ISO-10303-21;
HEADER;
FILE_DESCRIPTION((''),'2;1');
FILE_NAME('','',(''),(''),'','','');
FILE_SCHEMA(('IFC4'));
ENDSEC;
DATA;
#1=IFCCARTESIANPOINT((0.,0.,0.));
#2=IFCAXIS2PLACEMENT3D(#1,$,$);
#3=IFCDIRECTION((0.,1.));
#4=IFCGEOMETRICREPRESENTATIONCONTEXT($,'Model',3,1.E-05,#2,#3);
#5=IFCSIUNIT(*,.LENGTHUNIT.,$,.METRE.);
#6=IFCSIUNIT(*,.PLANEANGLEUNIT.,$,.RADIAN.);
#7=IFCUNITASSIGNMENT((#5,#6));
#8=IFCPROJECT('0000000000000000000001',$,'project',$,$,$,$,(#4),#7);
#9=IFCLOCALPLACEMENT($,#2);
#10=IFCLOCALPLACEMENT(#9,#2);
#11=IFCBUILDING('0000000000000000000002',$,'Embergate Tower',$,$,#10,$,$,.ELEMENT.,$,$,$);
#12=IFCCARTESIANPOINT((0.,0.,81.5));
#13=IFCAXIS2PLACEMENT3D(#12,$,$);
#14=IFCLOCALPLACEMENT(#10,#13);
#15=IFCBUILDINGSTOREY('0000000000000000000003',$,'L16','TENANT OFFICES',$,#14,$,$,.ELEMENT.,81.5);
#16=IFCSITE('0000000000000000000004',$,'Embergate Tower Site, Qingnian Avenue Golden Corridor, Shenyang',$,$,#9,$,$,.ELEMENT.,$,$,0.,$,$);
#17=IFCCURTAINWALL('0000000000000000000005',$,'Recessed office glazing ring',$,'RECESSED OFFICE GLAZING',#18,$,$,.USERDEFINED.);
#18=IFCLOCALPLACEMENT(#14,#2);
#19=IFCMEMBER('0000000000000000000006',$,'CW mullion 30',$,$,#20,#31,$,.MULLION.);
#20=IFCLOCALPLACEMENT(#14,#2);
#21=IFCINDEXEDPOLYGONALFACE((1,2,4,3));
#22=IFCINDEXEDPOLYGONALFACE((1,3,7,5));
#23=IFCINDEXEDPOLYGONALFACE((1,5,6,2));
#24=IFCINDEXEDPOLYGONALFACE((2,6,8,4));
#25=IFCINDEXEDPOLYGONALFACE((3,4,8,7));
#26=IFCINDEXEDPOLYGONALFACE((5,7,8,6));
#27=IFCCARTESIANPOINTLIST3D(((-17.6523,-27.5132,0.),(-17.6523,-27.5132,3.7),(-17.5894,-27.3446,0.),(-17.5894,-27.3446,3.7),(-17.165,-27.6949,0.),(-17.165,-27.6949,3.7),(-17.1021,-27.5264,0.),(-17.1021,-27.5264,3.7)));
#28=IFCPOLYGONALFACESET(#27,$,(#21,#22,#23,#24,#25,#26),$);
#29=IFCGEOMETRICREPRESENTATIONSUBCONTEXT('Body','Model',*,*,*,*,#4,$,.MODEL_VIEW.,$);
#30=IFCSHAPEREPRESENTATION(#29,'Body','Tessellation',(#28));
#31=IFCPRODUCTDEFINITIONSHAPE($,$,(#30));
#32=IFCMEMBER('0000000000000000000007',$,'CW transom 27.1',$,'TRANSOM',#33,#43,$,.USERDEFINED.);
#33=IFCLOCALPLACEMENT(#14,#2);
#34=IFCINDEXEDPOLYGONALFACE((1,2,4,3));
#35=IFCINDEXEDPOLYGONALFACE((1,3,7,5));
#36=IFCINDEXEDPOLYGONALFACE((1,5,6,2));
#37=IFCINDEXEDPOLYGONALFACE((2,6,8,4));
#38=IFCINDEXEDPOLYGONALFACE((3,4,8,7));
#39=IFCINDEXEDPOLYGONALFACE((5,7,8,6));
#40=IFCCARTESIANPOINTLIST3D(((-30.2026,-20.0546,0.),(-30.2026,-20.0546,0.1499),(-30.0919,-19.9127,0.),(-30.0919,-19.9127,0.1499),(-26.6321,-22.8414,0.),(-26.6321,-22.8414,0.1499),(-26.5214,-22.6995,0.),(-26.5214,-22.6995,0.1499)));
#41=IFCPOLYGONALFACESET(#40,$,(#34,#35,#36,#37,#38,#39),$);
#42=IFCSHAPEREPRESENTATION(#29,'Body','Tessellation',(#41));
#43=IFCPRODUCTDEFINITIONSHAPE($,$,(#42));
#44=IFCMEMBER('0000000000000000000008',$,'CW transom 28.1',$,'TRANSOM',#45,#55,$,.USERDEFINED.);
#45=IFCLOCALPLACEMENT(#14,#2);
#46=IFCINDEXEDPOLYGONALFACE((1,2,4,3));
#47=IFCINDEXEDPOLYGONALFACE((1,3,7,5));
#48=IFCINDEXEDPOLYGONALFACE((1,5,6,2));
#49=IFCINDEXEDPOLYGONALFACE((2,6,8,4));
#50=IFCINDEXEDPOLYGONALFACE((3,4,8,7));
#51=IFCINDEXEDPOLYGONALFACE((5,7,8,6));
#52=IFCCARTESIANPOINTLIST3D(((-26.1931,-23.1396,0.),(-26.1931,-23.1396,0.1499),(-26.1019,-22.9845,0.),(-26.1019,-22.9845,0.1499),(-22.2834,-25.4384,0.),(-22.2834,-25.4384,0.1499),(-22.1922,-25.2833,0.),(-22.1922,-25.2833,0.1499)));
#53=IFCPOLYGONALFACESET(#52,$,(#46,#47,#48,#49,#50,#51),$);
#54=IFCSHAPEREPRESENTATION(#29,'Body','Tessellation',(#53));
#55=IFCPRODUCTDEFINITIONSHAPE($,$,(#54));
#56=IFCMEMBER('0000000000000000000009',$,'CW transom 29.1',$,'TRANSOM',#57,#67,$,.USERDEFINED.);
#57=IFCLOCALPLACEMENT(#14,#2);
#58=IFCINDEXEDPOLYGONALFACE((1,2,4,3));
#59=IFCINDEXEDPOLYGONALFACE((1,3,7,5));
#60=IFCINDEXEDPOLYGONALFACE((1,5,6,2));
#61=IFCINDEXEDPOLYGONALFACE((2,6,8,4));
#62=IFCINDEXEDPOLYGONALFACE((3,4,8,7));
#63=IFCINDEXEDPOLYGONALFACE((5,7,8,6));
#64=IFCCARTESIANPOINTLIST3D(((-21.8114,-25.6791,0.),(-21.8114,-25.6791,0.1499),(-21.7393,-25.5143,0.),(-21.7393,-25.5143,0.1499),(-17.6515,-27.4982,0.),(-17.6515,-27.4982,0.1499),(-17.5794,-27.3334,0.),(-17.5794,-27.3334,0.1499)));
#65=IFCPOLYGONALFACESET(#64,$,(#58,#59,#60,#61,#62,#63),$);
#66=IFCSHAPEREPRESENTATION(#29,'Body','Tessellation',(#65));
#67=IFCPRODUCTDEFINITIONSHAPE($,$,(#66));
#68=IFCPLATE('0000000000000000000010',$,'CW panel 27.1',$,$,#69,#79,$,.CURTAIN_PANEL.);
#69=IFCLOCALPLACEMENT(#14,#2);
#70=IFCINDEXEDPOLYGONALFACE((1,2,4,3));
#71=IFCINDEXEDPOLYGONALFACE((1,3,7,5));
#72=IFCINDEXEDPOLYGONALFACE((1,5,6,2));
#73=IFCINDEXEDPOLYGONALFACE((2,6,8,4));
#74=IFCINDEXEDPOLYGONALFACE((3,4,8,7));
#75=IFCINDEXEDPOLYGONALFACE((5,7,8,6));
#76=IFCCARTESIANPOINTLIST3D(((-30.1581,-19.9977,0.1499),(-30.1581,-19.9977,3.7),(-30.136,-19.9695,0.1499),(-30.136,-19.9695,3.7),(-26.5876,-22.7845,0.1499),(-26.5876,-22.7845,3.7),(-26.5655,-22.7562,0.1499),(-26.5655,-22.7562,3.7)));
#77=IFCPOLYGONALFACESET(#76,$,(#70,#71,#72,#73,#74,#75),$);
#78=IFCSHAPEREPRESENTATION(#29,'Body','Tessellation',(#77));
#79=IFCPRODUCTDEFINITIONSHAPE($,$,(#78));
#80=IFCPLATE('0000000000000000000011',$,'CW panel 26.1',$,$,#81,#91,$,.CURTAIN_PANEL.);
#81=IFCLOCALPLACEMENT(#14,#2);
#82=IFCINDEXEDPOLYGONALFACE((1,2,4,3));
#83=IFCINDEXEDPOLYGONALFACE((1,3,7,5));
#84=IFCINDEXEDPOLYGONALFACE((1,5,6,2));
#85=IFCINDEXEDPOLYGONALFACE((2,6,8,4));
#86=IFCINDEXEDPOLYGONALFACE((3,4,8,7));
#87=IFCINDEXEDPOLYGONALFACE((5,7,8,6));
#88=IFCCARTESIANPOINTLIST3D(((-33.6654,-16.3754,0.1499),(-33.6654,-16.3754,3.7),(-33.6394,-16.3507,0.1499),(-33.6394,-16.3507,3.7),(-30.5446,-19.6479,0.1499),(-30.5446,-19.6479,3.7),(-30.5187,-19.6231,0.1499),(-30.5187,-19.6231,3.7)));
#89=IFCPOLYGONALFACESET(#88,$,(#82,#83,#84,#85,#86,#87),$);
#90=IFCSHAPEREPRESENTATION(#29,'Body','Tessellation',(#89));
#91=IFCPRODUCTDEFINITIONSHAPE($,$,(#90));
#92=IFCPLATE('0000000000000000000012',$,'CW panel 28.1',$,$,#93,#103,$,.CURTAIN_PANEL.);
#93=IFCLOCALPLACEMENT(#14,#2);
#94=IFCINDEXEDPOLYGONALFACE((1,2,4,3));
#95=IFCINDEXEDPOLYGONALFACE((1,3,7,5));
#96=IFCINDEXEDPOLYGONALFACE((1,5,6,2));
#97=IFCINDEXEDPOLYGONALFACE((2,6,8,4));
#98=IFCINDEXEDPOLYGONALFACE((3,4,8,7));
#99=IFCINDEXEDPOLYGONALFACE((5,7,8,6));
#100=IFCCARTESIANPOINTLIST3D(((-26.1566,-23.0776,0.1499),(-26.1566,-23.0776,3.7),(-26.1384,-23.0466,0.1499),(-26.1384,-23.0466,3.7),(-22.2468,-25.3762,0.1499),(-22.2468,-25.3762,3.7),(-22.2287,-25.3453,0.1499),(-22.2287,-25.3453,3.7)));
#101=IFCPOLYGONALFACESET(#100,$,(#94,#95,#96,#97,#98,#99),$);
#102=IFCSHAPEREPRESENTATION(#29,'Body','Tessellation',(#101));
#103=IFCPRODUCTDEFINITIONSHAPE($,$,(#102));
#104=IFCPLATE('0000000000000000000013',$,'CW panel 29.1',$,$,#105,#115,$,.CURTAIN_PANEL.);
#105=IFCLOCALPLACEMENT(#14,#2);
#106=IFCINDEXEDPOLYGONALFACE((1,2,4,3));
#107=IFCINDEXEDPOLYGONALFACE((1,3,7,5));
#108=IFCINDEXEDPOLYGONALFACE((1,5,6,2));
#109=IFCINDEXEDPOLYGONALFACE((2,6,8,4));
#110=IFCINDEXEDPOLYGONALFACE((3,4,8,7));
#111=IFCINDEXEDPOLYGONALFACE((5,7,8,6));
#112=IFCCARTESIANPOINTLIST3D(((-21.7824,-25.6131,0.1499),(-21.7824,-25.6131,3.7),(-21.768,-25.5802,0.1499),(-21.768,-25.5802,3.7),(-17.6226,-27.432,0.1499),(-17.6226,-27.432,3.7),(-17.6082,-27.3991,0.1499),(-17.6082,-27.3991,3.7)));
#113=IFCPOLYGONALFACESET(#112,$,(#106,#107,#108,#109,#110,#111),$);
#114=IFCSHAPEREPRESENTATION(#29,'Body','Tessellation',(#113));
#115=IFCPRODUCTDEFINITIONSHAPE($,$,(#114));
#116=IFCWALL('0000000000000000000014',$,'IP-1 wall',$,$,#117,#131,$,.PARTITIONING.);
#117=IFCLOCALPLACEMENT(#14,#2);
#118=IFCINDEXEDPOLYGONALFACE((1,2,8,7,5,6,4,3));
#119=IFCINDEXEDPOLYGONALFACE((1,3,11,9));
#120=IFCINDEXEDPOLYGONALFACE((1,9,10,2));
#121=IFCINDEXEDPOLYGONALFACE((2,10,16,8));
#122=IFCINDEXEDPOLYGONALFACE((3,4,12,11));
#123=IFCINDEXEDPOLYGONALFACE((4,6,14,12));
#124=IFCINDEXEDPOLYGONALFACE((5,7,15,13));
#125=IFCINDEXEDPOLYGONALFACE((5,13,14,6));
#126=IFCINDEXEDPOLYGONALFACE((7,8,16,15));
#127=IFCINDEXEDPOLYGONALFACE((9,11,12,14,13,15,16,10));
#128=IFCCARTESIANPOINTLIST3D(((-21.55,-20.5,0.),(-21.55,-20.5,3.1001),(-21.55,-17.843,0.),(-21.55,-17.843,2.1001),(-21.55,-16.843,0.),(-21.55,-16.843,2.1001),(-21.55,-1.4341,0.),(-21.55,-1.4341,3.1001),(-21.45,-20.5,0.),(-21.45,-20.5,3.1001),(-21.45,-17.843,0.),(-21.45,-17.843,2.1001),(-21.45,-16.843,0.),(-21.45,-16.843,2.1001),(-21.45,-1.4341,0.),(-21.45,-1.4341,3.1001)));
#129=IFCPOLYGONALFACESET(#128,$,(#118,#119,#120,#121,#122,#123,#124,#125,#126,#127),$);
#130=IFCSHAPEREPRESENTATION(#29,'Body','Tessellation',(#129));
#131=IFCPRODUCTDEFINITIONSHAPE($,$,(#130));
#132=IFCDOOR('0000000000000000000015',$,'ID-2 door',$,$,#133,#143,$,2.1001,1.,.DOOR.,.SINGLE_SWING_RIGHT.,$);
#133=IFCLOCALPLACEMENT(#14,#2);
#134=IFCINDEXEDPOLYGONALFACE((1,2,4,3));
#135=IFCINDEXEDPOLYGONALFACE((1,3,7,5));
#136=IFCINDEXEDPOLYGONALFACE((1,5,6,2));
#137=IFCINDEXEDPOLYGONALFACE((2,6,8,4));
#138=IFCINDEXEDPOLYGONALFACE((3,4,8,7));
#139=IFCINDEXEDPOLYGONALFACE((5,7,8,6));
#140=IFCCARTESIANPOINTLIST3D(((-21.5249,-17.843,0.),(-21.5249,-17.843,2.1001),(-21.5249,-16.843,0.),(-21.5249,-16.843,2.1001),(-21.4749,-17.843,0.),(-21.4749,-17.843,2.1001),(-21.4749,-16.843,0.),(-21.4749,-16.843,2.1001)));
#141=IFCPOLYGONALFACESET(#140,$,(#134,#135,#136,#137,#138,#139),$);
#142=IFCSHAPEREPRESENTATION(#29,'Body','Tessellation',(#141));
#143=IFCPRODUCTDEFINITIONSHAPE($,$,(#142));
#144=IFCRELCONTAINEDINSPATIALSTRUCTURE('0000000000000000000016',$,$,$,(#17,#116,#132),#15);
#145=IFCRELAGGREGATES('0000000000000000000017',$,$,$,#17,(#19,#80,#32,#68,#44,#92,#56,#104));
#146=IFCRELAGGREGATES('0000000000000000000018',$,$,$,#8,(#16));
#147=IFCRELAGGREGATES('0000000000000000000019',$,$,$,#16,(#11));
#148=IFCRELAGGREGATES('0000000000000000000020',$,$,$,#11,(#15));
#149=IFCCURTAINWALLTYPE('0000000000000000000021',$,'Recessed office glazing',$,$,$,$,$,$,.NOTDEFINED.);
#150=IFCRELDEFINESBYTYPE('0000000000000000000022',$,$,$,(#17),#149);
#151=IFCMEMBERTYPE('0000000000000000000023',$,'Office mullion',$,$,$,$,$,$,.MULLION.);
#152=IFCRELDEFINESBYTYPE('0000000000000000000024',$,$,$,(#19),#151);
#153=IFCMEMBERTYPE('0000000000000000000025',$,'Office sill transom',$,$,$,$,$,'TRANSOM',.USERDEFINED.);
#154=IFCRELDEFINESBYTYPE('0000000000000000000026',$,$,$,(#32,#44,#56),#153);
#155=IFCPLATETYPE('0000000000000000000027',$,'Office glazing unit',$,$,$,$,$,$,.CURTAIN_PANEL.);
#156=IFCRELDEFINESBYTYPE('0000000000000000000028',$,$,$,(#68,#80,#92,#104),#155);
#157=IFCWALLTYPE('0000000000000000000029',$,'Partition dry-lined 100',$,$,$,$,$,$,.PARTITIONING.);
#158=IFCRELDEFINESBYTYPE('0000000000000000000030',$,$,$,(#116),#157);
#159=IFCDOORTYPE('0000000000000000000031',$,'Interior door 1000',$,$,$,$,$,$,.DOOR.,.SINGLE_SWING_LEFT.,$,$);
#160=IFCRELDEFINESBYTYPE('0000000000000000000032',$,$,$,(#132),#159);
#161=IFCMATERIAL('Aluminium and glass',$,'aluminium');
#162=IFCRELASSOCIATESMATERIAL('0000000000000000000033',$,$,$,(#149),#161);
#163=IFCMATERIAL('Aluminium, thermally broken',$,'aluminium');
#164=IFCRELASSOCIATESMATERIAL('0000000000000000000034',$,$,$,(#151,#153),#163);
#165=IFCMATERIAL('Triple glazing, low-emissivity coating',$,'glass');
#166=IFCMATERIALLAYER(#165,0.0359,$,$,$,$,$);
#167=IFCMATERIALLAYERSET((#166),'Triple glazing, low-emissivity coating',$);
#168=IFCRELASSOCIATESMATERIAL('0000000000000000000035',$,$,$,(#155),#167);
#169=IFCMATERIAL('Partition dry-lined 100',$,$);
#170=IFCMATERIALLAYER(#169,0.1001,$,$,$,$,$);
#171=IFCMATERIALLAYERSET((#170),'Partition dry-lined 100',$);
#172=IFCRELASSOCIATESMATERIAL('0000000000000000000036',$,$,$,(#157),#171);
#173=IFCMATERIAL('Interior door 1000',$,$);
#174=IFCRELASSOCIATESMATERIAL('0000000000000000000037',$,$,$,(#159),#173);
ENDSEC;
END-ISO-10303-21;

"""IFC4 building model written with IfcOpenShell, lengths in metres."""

from ifc_helpers import new_model, si_unit, direction, frame, frame_2d, origin, origin_2d, place, context, subcontext, project, spatial, rectangle, extrude, source, transform, mapped, material, layer, layer_set, material_profile, profile_set, type_object, element, fill, aggregate, save


model = new_model("IFC4")

# Units and contexts
model_context = context("Model", 3, precision=1e-05, world=origin(), true_north=direction((0.0, 1.0)))
body_context = subcontext(model_context, "Body", "Model", "MODEL_VIEW")
ifc_project = project(units=[si_unit("LENGTHUNIT", "METRE"), si_unit("PLANEANGLEUNIT", "RADIAN")], contexts=[model_context])

# Site, building, storey
site_placement = place(None, origin())
site = spatial("IfcSite", under=ifc_project, at=site_placement, Name="Embergate Tower Site, Qingnian Avenue Golden Corridor, Shenyang", CompositionType="ELEMENT", RefElevation=0.0)
building_placement = place(site_placement, origin())
building = spatial("IfcBuilding", under=site, at=building_placement, Name="Embergate Tower", CompositionType="ELEMENT")
storey_placement = place(building_placement, frame((0.0, 0.0, 81.5)))
storey = spatial("IfcBuildingStorey", under=building, at=storey_placement, Name="L16", Description="TENANT OFFICES", CompositionType="ELEMENT", Elevation=81.5)

# Curtain wall, members, plates
ifc_material_1 = material(Name="Aluminium and glass", Category="aluminium")
curtain_wall_type = type_object("IfcCurtainWallType", Name="Recessed office glazing", PredefinedType="NOTDEFINED", material=ifc_material_1)
curtain_wall_placement = place(storey_placement, origin())
curtain_wall = element("IfcCurtainWall", 1, at=curtain_wall_placement, inside=storey, type_object=curtain_wall_type, Name="Recessed office glazing ring", ObjectType="RECESSED OFFICE GLAZING", PredefinedType="USERDEFINED")
ifc_material_2 = material(Name="Aluminium, thermally broken", Category="aluminium")
ifc_material_profile_1 = material_profile(ifc_material_2, rectangle(XDim=0.1799, YDim=0.52, at=origin_2d()), Name="AL 520x180")
ifc_profile_set_1 = profile_set([ifc_material_profile_1], Name="Aluminium, thermally broken")
member_type_1 = type_object("IfcMemberType", Name="Office mullion", PredefinedType="MULLION", material=ifc_profile_set_1)
shared_shape_1 = source(origin(), body_context, "Body", "SweptSolid", [
    extrude(rectangle(XDim=0.1799, YDim=0.52, at=origin_2d()), origin(), (0.0, 0.0, 1.0), 3.7),
])
member_1_placement = place(storey_placement, frame((-17.3772, -27.5198, 0.0), z_axis=(0.0, 0.0, 1.0), x_axis=(0.349503, 0.936935, 0.0)))
member_1 = element("IfcMember", 2, at=member_1_placement, type_object=member_type_1, Name="CW mullion 30", PredefinedType="MULLION", context=body_context, shape_type="MappedRepresentation", body=[
    mapped(shared_shape_1, transform((0.0, 0.0, 0.0))),
])
ifc_material_profile_2 = material_profile(ifc_material_2, rectangle(XDim=0.1799, YDim=0.1499, at=origin_2d()), Name="AL 150x180")
ifc_profile_set_2 = profile_set([ifc_material_profile_2], Name="Aluminium, thermally broken")
member_type_2 = type_object("IfcMemberType", Name="Office sill transom", ElementType="TRANSOM", PredefinedType="USERDEFINED", material=ifc_profile_set_2)
shared_shape_2 = source(origin(), body_context, "Body", "SweptSolid", [
    extrude(rectangle(XDim=0.1799, YDim=0.1499, at=origin_2d()), origin(), (0.0, 0.0, 1.0), 4.5293),
])
member_2_placement = place(storey_placement, frame((-30.1472, -19.9836, 0.075), z_axis=(0.788306, -0.615283, 0.0), x_axis=(0.615283, 0.788306, 0.0)))
member_2 = element("IfcMember", 3, at=member_2_placement, type_object=member_type_2, Name="CW transom 27.1", ObjectType="TRANSOM", PredefinedType="USERDEFINED", context=body_context, shape_type="MappedRepresentation", body=[
    mapped(shared_shape_2, transform((0.0, 0.0, 0.0))),
])
shared_shape_3 = source(origin(), body_context, "Body", "SweptSolid", [
    extrude(rectangle(XDim=0.1799, YDim=0.1499, at=origin_2d()), origin(), (0.0, 0.0, 1.0), 4.5354),
])
member_3_placement = place(storey_placement, frame((-26.1475, -23.062, 0.075), z_axis=(0.862028, -0.50686, 0.0), x_axis=(0.50686, 0.862028, 0.0)))
member_3 = element("IfcMember", 4, at=member_3_placement, type_object=member_type_2, Name="CW transom 28.1", ObjectType="TRANSOM", PredefinedType="USERDEFINED", context=body_context, shape_type="MappedRepresentation", body=[
    mapped(shared_shape_3, transform((0.0, 0.0, 0.0))),
])
shared_shape_4 = source(origin(), body_context, "Body", "SweptSolid", [
    extrude(rectangle(XDim=0.1799, YDim=0.1499, at=origin_2d()), origin(), (0.0, 0.0, 1.0), 4.5403),
])
member_4_placement = place(storey_placement, frame((-21.7754, -25.5967, 0.075), z_axis=(0.916228, -0.400658, 0.0), x_axis=(0.400658, 0.916228, 0.0)))
member_4 = element("IfcMember", 5, at=member_4_placement, type_object=member_type_2, Name="CW transom 29.1", ObjectType="TRANSOM", PredefinedType="USERDEFINED", context=body_context, shape_type="MappedRepresentation", body=[
    mapped(shared_shape_4, transform((0.0, 0.0, 0.0))),
])
ifc_material_3 = material(Name="Triple glazing, low-emissivity coating", Category="glass")
ifc_layer_1 = layer(ifc_material_3, 0.0359)
ifc_layer_set_1 = layer_set([ifc_layer_1], Name="Triple glazing, low-emissivity coating")
plate_type = type_object("IfcPlateType", Name="Office glazing unit", PredefinedType="CURTAIN_PANEL", material=ifc_layer_set_1)
shared_shape_5 = source(origin(), body_context, "Body", "SweptSolid", [
    extrude(rectangle(XDim=4.5293, YDim=0.0359, at=origin_2d()), origin(), (0.0, 0.0, 1.0), 3.55),
])
plate_1_placement = place(storey_placement, frame((-28.3618, -21.377, 0.1499), z_axis=(0.0, 0.0, 1.0), x_axis=(0.788321, -0.615264, 0.0)))
plate_1 = element("IfcPlate", 6, at=plate_1_placement, type_object=plate_type, Name="CW panel 27.1", PredefinedType="CURTAIN_PANEL", context=body_context, shape_type="MappedRepresentation", body=[
    mapped(shared_shape_5, transform((0.0, 0.0, 0.0))),
])
shared_shape_6 = source(origin(), body_context, "Body", "SweptSolid", [
    extrude(rectangle(XDim=4.522, YDim=0.0359, at=origin_2d()), origin(), (0.0, 0.0, 1.0), 3.55),
])
plate_2_placement = place(storey_placement, frame((-32.092, -17.9993, 0.1499), z_axis=(0.0, 0.0, 1.0), x_axis=(0.690135, -0.723681, 0.0)))
plate_2 = element("IfcPlate", 7, at=plate_2_placement, type_object=plate_type, Name="CW panel 26.1", PredefinedType="CURTAIN_PANEL", context=body_context, shape_type="MappedRepresentation", body=[
    mapped(shared_shape_6, transform((0.0, 0.0, 0.0))),
])
shared_shape_7 = source(origin(), body_context, "Body", "SweptSolid", [
    extrude(rectangle(XDim=4.5354, YDim=0.0359, at=origin_2d()), origin(), (0.0, 0.0, 1.0), 3.55),
])
plate_3_placement = place(storey_placement, frame((-24.1926, -24.2114, 0.1499), z_axis=(0.0, 0.0, 1.0), x_axis=(0.862053, -0.506818, 0.0)))
plate_3 = element("IfcPlate", 8, at=plate_3_placement, type_object=plate_type, Name="CW panel 28.1", PredefinedType="CURTAIN_PANEL", context=body_context, shape_type="MappedRepresentation", body=[
    mapped(shared_shape_7, transform((0.0, 0.0, 0.0))),
])
shared_shape_8 = source(origin(), body_context, "Body", "SweptSolid", [
    extrude(rectangle(XDim=4.54, YDim=0.0359, at=origin_2d()), origin(), (0.0, 0.0, 1.0), 3.55),
])
plate_4_placement = place(storey_placement, frame((-19.6953, -26.5061, 0.1499), z_axis=(0.0, 0.0, 1.0), x_axis=(0.916236, -0.400638, 0.0)))
plate_4 = element("IfcPlate", 9, at=plate_4_placement, type_object=plate_type, Name="CW panel 29.1", PredefinedType="CURTAIN_PANEL", context=body_context, shape_type="MappedRepresentation", body=[
    mapped(shared_shape_8, transform((0.0, 0.0, 0.0))),
])
aggregate(curtain_wall, [member_1, plate_2, member_2, plate_1, member_3, plate_3, member_4, plate_4])

# Wall, opening, door
ifc_material_4 = material(Name="Partition dry-lined 100")
ifc_layer_2 = layer(ifc_material_4, 0.1001)
ifc_layer_set_2 = layer_set([ifc_layer_2], Name="Partition dry-lined 100")
wall_type = type_object("IfcWallType", Name="Partition dry-lined 100", PredefinedType="PARTITIONING", material=ifc_layer_set_2)
shared_shape_9 = source(origin(), body_context, "Body", "SweptSolid", [
    extrude(rectangle(XDim=19.0659, YDim=0.1001, at=frame_2d((9.533, 0.0))), origin(), (0.0, 0.0, 1.0), 3.1001),
])
wall_placement = place(storey_placement, frame((-21.5, -20.5, 0.0), z_axis=(0.0, 0.0, 1.0), x_axis=(0.0, 1.0, 0.0)))
wall = element("IfcWall", 10, at=wall_placement, inside=storey, type_object=wall_type, Name="IP-1 wall", PredefinedType="PARTITIONING", context=body_context, shape_type="MappedRepresentation", body=[
    mapped(shared_shape_9, transform((0.0, 0.0, 0.0))),
])
shared_shape_10 = source(origin(), body_context, "Body", "SweptSolid", [
    extrude(rectangle(XDim=1.0, YDim=2.1001, at=frame_2d((0.5, 1.05))), frame((0.0, 0.0601, 0.0), z_axis=(0.0, -1.0, 0.0), x_axis=(1.0, 0.0, 0.0)), (0.0, 0.0, 1.0), 0.1201),
])
opening_placement = place(wall_placement, frame((2.657, 0.0, 0.0)))
opening = element("IfcOpeningElement", 11, at=opening_placement, cuts=wall, PredefinedType="OPENING", context=body_context, shape_type="MappedRepresentation", body=[
    mapped(shared_shape_10, transform((0.0, 0.0, 0.0))),
])
ifc_material_5 = material(Name="Interior door 1000")
door_type = type_object("IfcDoorType", Name="Interior door 1000", OperationType="SINGLE_SWING_LEFT", PredefinedType="DOOR", material=ifc_material_5)
shared_shape_11 = source(origin(), body_context, "Body", "SweptSolid", [
    extrude(rectangle(XDim=1.0, YDim=2.1001, at=frame_2d((0.5, 1.05))), frame((0.0, 0.0249, 0.0), z_axis=(0.0, -1.0, 0.0), x_axis=(1.0, 0.0, 0.0)), (0.0, 0.0, 1.0), 0.05),
])
door_placement = place(opening_placement, origin())
door = element("IfcDoor", 12, at=door_placement, inside=storey, type_object=door_type, Name="ID-2 door", OperationType="SINGLE_SWING_RIGHT", OverallHeight=2.1001, OverallWidth=1.0, PredefinedType="DOOR", context=body_context, shape_type="MappedRepresentation", body=[
    mapped(shared_shape_11, transform((0.0, 0.0, 0.0))),
])
fill(opening, door)

save(model, "model.ifc")
